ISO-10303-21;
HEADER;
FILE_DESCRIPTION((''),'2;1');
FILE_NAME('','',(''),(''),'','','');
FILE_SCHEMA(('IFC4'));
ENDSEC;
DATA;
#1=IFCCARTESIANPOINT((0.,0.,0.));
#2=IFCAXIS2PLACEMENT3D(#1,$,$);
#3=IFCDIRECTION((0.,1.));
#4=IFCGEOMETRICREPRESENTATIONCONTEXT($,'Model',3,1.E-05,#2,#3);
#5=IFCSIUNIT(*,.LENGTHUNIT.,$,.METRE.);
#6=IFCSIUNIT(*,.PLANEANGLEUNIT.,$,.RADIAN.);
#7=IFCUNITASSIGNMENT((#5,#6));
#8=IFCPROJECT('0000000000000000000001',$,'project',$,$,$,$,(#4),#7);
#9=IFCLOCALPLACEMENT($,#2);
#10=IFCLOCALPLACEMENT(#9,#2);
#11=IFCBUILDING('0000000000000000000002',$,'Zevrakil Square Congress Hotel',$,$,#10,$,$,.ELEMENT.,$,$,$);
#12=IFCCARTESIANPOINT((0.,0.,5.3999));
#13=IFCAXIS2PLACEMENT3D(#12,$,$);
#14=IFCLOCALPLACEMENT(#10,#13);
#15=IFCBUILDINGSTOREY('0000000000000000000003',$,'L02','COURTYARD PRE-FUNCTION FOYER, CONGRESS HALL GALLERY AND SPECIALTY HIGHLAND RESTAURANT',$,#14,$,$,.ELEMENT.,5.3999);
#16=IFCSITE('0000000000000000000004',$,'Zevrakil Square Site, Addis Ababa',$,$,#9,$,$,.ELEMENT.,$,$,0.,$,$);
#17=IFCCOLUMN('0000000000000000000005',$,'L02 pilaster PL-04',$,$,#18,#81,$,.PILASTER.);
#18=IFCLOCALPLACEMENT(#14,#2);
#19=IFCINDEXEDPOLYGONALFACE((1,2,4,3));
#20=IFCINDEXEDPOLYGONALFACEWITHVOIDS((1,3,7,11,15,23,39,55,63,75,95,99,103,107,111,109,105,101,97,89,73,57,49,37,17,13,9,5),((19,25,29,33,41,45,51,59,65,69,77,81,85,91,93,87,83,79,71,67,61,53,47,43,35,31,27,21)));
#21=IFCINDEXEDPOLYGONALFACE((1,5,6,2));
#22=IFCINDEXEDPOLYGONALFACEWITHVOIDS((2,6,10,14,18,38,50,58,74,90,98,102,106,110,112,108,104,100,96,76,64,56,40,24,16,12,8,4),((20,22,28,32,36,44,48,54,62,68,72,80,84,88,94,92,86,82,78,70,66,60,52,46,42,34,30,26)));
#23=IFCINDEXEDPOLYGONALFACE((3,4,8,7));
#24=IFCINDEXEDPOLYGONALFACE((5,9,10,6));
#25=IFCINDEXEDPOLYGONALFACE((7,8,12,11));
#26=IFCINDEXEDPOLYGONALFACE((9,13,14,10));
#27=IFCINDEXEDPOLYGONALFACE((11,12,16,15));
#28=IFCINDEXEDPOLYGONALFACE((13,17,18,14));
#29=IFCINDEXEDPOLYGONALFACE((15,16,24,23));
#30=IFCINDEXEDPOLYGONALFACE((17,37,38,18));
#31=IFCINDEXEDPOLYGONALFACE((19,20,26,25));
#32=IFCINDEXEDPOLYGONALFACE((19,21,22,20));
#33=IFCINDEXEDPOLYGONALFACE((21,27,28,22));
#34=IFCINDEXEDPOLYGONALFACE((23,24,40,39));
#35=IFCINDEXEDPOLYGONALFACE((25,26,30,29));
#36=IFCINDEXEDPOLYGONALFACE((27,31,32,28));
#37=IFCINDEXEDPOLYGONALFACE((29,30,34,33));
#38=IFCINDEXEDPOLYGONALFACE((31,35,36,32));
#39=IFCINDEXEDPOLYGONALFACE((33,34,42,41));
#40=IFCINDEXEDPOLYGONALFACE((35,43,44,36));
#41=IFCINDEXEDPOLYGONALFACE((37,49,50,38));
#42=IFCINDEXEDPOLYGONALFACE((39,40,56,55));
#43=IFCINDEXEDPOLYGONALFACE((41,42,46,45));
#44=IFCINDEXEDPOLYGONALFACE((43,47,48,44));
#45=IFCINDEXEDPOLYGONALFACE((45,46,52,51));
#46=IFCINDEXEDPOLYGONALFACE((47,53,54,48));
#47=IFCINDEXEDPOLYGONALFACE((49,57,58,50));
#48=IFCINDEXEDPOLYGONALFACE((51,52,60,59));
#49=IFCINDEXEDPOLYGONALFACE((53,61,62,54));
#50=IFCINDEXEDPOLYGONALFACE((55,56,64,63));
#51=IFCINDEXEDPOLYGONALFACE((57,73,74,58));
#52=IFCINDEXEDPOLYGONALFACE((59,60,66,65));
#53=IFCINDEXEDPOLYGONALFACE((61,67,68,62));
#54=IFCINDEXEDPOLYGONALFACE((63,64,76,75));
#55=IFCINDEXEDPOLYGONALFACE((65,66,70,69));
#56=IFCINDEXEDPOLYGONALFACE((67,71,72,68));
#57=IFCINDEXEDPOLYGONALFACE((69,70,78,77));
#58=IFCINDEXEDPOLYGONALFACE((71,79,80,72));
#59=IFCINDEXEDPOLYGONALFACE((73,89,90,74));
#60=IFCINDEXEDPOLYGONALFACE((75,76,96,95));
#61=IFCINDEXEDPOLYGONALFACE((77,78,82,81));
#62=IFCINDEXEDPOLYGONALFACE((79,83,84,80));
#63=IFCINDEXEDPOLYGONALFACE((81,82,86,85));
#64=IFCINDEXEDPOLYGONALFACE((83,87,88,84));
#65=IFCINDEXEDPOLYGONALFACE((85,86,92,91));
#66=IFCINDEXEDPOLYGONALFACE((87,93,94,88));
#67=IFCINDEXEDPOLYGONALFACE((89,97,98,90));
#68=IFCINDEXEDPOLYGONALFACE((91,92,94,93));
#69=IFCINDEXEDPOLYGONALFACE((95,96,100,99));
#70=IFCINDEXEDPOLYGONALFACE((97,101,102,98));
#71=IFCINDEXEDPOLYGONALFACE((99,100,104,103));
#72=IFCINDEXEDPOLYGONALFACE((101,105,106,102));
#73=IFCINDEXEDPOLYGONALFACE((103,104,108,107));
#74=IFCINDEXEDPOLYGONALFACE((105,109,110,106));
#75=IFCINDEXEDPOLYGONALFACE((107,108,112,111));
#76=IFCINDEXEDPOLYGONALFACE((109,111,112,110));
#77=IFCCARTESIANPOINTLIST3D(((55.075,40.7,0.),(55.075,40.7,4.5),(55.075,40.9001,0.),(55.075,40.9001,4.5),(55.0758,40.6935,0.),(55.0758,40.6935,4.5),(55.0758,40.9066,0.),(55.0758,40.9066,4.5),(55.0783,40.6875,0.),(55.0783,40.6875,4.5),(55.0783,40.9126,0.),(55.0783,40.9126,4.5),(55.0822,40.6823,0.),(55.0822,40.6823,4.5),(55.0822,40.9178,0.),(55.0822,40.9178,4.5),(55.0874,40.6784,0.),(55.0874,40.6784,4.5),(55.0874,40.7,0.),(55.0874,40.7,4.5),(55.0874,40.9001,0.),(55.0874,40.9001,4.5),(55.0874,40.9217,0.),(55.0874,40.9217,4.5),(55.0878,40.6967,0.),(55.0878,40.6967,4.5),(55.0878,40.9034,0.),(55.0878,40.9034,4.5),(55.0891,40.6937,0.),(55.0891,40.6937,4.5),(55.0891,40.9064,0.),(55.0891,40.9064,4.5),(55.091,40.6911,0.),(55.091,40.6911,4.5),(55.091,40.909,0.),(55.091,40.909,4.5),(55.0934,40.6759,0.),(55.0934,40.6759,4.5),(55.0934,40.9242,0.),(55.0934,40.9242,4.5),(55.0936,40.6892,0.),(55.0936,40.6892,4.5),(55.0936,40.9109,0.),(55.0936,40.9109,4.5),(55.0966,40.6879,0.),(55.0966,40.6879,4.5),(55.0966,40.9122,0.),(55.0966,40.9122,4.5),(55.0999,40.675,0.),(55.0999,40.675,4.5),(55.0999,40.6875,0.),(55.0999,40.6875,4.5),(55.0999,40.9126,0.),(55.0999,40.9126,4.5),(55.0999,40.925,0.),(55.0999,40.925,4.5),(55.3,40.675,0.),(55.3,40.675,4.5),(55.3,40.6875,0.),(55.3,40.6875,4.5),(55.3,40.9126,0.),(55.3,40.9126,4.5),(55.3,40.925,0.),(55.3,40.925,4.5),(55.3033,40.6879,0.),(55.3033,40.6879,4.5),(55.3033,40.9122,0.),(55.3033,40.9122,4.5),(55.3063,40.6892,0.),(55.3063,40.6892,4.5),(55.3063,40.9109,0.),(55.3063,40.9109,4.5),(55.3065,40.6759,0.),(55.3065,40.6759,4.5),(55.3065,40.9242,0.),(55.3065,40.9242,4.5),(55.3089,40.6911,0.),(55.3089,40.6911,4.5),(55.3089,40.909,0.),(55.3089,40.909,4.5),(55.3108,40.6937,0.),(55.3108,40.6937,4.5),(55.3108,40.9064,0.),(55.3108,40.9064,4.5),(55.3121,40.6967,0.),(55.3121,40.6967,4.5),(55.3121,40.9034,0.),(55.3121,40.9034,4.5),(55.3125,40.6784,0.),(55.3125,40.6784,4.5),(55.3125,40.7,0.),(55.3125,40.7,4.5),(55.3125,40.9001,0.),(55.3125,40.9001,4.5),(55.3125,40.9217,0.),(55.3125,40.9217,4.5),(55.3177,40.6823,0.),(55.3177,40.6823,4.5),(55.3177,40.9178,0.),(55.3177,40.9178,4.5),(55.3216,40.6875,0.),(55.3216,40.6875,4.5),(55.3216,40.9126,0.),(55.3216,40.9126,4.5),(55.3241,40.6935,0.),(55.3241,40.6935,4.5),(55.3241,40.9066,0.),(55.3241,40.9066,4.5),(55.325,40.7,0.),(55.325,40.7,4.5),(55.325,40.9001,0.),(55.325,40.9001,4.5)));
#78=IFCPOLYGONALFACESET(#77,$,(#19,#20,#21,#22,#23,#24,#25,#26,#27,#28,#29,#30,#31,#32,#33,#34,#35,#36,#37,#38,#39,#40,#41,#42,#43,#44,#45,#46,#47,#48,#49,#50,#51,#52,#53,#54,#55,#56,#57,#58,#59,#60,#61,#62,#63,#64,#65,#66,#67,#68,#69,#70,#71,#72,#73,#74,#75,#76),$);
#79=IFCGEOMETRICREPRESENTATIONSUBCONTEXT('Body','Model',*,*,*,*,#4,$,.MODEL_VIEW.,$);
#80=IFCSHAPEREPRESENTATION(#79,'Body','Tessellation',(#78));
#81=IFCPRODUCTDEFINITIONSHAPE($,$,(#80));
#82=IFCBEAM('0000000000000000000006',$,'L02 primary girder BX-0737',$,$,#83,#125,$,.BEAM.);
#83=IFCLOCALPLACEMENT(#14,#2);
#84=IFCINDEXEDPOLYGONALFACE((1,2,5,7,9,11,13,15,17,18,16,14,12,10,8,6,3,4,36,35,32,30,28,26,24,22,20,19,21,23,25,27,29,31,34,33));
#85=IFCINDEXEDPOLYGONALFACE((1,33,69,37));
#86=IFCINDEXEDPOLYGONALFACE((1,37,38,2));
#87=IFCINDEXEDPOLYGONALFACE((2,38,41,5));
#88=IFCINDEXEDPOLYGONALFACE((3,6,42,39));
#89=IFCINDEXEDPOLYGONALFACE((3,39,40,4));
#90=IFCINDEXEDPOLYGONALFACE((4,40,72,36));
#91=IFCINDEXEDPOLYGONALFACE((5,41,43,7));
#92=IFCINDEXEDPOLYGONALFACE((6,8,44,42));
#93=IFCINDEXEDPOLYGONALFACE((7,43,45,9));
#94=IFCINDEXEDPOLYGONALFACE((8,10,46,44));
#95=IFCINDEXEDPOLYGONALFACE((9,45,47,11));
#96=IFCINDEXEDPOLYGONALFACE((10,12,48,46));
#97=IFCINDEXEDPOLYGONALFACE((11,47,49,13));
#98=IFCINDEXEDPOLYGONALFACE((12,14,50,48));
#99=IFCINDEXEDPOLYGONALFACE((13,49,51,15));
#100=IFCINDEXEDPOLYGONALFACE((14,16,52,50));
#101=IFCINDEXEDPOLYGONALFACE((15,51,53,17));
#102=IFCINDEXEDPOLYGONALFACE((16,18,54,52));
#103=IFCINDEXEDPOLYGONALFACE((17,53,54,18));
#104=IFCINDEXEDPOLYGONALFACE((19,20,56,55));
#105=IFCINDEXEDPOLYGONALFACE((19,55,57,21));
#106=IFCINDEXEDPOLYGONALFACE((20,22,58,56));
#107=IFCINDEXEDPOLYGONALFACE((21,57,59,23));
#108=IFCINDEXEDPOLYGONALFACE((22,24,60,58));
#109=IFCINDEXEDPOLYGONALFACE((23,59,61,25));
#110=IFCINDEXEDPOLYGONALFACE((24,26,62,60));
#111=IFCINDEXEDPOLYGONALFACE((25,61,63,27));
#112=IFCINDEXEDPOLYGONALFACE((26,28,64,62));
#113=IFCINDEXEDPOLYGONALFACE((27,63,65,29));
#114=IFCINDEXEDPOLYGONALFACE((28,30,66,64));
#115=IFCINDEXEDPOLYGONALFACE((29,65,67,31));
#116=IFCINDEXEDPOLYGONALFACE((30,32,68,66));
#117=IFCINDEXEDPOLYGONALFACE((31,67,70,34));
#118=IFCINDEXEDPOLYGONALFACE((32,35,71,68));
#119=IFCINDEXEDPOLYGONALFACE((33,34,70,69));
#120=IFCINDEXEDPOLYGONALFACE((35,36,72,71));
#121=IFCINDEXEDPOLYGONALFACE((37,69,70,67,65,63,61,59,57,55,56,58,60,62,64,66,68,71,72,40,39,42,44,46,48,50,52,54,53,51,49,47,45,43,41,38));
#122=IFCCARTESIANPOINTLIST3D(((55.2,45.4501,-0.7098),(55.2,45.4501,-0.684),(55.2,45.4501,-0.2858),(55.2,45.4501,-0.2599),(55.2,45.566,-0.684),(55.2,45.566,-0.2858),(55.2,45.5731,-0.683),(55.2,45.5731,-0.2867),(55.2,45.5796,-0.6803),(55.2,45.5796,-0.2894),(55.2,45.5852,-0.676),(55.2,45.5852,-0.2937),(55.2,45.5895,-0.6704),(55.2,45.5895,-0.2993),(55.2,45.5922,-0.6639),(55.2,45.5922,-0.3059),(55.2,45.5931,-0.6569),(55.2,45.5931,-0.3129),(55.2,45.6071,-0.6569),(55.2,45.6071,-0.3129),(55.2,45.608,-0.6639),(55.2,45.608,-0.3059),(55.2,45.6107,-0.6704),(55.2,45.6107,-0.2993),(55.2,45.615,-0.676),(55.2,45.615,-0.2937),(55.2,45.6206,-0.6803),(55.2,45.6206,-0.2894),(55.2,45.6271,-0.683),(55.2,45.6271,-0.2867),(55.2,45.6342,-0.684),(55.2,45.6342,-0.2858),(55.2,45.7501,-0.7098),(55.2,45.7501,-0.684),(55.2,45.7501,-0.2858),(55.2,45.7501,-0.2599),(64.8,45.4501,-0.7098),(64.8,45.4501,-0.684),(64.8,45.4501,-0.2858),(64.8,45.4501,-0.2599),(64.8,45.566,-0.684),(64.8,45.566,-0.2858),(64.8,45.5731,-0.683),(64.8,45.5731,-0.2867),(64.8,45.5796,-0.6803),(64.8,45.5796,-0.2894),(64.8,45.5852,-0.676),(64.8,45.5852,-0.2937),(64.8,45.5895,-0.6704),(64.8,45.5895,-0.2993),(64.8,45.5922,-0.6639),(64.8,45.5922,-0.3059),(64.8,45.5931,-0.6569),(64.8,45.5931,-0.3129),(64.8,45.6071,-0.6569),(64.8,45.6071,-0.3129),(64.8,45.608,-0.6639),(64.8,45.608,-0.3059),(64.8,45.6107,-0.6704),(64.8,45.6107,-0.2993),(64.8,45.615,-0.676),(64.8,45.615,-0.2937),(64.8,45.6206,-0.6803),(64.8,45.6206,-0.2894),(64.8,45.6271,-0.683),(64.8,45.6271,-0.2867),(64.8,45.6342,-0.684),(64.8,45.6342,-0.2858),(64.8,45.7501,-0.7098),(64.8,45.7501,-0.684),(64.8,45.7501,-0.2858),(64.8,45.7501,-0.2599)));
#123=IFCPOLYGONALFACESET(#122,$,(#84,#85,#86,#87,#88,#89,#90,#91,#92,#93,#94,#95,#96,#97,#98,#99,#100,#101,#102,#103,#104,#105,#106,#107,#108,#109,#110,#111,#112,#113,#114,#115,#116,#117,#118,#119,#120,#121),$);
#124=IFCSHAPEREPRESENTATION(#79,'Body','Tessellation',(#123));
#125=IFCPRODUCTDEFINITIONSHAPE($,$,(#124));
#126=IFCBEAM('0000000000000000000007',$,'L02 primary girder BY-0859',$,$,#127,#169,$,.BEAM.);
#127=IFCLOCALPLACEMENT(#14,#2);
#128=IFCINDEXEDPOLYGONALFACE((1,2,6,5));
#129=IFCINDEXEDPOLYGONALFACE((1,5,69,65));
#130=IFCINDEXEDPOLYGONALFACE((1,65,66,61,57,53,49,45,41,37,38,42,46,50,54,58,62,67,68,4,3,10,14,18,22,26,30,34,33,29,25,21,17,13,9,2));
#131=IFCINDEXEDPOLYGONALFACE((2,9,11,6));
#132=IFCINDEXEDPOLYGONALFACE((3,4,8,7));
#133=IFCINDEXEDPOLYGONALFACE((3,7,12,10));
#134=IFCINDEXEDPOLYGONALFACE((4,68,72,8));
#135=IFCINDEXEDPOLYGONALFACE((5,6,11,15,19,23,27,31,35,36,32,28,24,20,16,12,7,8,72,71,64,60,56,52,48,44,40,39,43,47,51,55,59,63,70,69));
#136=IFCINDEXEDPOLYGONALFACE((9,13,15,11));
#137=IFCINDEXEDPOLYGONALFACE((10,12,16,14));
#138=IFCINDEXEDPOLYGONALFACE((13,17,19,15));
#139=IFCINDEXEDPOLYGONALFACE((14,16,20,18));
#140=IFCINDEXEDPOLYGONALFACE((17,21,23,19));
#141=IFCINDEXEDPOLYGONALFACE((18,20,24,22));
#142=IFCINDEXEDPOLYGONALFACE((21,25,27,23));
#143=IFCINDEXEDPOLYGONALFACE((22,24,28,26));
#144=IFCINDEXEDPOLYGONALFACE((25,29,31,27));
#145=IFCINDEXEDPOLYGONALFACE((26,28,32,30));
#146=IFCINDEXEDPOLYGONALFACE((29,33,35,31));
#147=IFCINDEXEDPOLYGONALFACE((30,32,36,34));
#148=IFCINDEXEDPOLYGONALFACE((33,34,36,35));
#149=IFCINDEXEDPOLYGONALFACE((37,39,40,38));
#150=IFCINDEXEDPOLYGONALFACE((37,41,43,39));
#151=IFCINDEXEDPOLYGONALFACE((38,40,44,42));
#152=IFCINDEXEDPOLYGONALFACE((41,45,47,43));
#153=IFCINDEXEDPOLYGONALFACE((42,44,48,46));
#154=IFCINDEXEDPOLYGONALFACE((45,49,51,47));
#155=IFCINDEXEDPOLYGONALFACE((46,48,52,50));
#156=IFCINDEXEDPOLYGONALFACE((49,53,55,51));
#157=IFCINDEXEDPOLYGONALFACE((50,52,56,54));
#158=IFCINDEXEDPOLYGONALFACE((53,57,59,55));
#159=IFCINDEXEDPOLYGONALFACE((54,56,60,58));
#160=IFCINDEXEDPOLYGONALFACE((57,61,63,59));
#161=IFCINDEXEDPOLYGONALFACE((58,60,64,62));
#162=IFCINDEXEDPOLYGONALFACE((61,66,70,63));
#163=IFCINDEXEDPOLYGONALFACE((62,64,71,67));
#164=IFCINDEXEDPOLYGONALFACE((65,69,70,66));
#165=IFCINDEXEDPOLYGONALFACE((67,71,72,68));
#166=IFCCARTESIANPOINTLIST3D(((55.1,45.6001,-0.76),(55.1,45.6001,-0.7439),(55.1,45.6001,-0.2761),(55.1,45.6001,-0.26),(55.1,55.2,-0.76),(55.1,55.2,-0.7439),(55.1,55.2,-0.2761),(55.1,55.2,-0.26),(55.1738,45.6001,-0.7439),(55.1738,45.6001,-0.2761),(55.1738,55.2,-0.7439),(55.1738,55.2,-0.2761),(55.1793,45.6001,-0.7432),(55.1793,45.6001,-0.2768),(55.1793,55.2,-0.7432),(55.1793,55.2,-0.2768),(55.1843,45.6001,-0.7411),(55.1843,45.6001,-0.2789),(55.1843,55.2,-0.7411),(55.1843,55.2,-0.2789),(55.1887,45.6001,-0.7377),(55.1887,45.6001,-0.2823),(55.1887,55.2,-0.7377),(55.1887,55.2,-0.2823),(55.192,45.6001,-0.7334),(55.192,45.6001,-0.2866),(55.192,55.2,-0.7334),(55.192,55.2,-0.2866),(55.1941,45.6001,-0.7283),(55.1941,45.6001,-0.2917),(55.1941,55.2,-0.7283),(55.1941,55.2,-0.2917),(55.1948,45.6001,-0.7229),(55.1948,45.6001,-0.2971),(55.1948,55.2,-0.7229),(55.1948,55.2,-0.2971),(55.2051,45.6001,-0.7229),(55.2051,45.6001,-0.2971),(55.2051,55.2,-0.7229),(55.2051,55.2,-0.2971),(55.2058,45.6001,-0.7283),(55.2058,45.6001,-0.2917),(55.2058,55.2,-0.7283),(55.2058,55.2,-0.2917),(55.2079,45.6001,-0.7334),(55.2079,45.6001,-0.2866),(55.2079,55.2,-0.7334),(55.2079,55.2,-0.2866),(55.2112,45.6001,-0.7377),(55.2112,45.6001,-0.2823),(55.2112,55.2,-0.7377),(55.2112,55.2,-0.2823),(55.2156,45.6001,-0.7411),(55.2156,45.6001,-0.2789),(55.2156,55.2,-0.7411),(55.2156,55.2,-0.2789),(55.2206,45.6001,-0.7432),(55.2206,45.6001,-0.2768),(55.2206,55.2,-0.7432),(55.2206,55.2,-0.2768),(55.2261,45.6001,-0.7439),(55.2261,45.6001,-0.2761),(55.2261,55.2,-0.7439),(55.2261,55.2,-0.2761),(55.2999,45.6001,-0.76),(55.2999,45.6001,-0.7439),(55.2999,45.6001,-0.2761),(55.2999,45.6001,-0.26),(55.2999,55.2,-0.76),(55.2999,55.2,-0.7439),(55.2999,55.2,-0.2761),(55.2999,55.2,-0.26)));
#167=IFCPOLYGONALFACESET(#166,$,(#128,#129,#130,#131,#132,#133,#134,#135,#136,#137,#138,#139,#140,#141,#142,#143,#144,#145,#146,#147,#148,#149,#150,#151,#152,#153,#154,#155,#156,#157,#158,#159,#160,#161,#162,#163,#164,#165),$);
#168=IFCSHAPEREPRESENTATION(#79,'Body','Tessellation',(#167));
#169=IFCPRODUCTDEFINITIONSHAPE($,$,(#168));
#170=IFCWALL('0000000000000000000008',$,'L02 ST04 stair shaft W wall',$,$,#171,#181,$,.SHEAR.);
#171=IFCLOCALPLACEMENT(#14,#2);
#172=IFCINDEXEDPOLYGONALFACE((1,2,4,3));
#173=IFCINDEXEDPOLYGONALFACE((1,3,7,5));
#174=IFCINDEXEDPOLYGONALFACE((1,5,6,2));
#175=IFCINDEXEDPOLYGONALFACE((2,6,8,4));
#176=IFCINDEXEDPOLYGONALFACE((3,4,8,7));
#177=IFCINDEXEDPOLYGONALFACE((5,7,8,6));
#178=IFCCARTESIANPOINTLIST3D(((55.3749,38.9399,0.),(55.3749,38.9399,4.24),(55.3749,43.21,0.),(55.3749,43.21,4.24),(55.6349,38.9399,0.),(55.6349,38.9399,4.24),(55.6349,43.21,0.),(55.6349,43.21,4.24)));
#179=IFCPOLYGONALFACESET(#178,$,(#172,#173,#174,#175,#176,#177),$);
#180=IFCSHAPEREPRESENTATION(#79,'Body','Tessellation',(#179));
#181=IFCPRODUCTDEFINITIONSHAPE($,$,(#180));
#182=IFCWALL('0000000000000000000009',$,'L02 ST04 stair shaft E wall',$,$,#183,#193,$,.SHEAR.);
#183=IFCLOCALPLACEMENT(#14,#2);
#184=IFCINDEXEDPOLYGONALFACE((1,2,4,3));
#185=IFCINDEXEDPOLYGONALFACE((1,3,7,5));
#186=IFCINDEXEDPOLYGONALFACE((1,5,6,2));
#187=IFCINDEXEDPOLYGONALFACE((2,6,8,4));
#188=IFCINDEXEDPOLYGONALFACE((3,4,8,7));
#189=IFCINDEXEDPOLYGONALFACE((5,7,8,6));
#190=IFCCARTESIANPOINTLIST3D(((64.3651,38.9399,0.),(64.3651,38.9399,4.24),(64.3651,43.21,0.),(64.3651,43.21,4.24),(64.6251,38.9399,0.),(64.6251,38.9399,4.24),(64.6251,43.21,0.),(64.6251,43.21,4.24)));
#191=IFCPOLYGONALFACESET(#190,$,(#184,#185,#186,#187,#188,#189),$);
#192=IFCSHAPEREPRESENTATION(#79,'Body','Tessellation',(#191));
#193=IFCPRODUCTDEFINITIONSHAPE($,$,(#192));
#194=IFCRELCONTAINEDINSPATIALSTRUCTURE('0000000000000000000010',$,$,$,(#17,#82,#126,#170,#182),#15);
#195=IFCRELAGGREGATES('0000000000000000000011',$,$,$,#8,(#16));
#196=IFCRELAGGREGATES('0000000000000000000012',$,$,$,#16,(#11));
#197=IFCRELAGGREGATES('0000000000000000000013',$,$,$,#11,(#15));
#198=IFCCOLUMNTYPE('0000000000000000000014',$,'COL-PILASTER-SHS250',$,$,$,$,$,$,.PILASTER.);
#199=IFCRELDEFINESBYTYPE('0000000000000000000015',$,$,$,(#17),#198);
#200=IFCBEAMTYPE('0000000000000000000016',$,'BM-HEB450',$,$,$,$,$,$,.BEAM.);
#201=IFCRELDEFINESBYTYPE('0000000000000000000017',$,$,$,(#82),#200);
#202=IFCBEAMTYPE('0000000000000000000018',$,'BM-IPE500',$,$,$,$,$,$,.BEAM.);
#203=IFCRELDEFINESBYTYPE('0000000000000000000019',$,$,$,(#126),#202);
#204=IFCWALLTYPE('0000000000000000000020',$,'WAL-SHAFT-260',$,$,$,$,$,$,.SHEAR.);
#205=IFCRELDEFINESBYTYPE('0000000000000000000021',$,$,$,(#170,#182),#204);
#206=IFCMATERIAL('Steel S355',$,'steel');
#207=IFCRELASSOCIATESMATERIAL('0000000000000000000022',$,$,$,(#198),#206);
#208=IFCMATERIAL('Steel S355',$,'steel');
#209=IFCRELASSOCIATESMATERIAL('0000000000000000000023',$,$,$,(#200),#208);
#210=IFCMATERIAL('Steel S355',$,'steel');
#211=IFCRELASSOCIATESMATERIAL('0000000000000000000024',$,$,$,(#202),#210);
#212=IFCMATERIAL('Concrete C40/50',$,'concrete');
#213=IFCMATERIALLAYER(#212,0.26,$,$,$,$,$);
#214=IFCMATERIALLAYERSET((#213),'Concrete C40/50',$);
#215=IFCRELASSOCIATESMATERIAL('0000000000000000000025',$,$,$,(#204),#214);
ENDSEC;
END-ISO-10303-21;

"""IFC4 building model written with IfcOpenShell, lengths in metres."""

from ifc_helpers import new_model, si_unit, direction, frame, frame_2d, origin, origin_2d, place, context, subcontext, project, spatial, rectangle, hollow_rectangle, i_section, extrude, material, layer, layer_set, material_profile, profile_set, type_object, element, save


model = new_model("IFC4")

# Units and contexts
model_context = context("Model", 3, precision=1e-05, world=origin(), true_north=direction((0.0, 1.0)))
body_context = subcontext(model_context, "Body", "Model", "MODEL_VIEW")
ifc_project = project(units=[si_unit("LENGTHUNIT", "METRE"), si_unit("PLANEANGLEUNIT", "RADIAN")], contexts=[model_context])

# Site, building, storey
site_placement = place(None, origin())
site = spatial("IfcSite", under=ifc_project, at=site_placement, Name="Zevrakil Square Site, Addis Ababa", CompositionType="ELEMENT", RefElevation=0.0)
building_placement = place(site_placement, origin())
building = spatial("IfcBuilding", under=site, at=building_placement, Name="Zevrakil Square Congress Hotel", CompositionType="ELEMENT")
storey_placement = place(building_placement, frame((0.0, 0.0, 5.3999)))
storey = spatial("IfcBuildingStorey", under=building, at=storey_placement, Name="L02", Description="COURTYARD PRE-FUNCTION FOYER, CONGRESS HALL GALLERY AND SPECIALTY HIGHLAND RESTAURANT", CompositionType="ELEMENT", Elevation=5.3999)

# Column
ifc_material_1 = material(Name="Steel S355", Category="steel")
ifc_material_profile_1 = material_profile(ifc_material_1, hollow_rectangle(XDim=0.25, YDim=0.25, WallThickness=0.0125, InnerFilletRadius=0.0125, OuterFilletRadius=0.0249, at=origin_2d()), Name="SHS 250x250x12.5")
ifc_profile_set_1 = profile_set([ifc_material_profile_1], Name="Steel S355")
column_type_1 = type_object("IfcColumnType", Name="COL-PILASTER-SHS250", PredefinedType="PILASTER", material=ifc_profile_set_1)
column_1_placement = place(storey_placement, frame((55.2, 40.8, 0.0), z_axis=(0.0, 0.0, 1.0), x_axis=(1.0, 0.0, 0.0)))
element("IfcColumn", 1, at=column_1_placement, inside=storey, type_object=column_type_1, Name="L02 pilaster PL-04", PredefinedType="PILASTER", context=body_context, shape_type="SweptSolid", body=[
    extrude(hollow_rectangle(XDim=0.25, YDim=0.25, WallThickness=0.0125, InnerFilletRadius=0.0125, OuterFilletRadius=0.0249, at=origin_2d()), origin(), (0.0, 0.0, 1.0), 4.5),
])

# Beams
ifc_material_2 = material(Name="Steel S355", Category="steel")
ifc_material_profile_2 = material_profile(ifc_material_2, i_section(OverallWidth=0.3, OverallDepth=0.45, WebThickness=0.0139, FlangeThickness=0.0259, FilletRadius=0.0271, at=origin_2d()), Name="HEB 450")
ifc_profile_set_2 = profile_set([ifc_material_profile_2], Name="Steel S355")
beam_type_1 = type_object("IfcBeamType", Name="BM-HEB450", PredefinedType="BEAM", material=ifc_profile_set_2)
beam_1_placement = place(storey_placement, frame((55.2, 45.6001, -0.4849), z_axis=(1.0, 0.0, 0.0), x_axis=(0.0, 1.0, 0.0)))
element("IfcBeam", 2, at=beam_1_placement, inside=storey, type_object=beam_type_1, Name="L02 primary girder BX-0737", PredefinedType="BEAM", context=body_context, shape_type="SweptSolid", body=[
    extrude(i_section(OverallWidth=0.3, OverallDepth=0.45, WebThickness=0.0139, FlangeThickness=0.0259, FilletRadius=0.0271, at=origin_2d()), origin(), (0.0, 0.0, 1.0), 9.6001),
])
ifc_material_3 = material(Name="Steel S355", Category="steel")
ifc_material_profile_3 = material_profile(ifc_material_3, i_section(OverallWidth=0.2, OverallDepth=0.5, WebThickness=0.0103, FlangeThickness=0.0161, FilletRadius=0.021, at=origin_2d()), Name="IPE 500")
ifc_profile_set_3 = profile_set([ifc_material_profile_3], Name="Steel S355")
beam_type_2 = type_object("IfcBeamType", Name="BM-IPE500", PredefinedType="BEAM", material=ifc_profile_set_3)
beam_2_placement = place(storey_placement, frame((55.2, 45.6001, -0.51), z_axis=(0.0, 1.0, 0.0), x_axis=(-1.0, 0.0, 0.0)))
element("IfcBeam", 3, at=beam_2_placement, inside=storey, type_object=beam_type_2, Name="L02 primary girder BY-0859", PredefinedType="BEAM", context=body_context, shape_type="SweptSolid", body=[
    extrude(i_section(OverallWidth=0.2, OverallDepth=0.5, WebThickness=0.0103, FlangeThickness=0.0161, FilletRadius=0.021, at=origin_2d()), origin(), (0.0, 0.0, 1.0), 9.5999),
])

# Walls
ifc_material_4 = material(Name="Concrete C40/50", Category="concrete")
ifc_layer_1 = layer(ifc_material_4, 0.26)
ifc_layer_set_1 = layer_set([ifc_layer_1], Name="Concrete C40/50")
wall_type = type_object("IfcWallType", Name="WAL-SHAFT-260", PredefinedType="SHEAR", material=ifc_layer_set_1)
for number, where, z_axis, x_axis, name in (
    (4, (55.5049, 38.9399, 0.0), (0.0, 0.0, 1.0), (0.0, 1.0, 0.0), "L02 ST04 stair shaft W wall"),
    (5, (64.4951, 38.9399, 0.0), (0.0, 0.0, 1.0), (0.0, 1.0, 0.0), "L02 ST04 stair shaft E wall"),
):
    element("IfcWall", number, at=place(storey_placement, frame(where, z_axis=z_axis, x_axis=x_axis)), inside=storey, type_object=wall_type, Name=name, PredefinedType="SHEAR", context=body_context, shape_type="SweptSolid", body=[
        extrude(rectangle(XDim=4.27, YDim=0.26, at=frame_2d((2.135, 0.0))), origin(), (0.0, 0.0, 1.0), 4.24),
    ])

save(model, "model.ifc")
